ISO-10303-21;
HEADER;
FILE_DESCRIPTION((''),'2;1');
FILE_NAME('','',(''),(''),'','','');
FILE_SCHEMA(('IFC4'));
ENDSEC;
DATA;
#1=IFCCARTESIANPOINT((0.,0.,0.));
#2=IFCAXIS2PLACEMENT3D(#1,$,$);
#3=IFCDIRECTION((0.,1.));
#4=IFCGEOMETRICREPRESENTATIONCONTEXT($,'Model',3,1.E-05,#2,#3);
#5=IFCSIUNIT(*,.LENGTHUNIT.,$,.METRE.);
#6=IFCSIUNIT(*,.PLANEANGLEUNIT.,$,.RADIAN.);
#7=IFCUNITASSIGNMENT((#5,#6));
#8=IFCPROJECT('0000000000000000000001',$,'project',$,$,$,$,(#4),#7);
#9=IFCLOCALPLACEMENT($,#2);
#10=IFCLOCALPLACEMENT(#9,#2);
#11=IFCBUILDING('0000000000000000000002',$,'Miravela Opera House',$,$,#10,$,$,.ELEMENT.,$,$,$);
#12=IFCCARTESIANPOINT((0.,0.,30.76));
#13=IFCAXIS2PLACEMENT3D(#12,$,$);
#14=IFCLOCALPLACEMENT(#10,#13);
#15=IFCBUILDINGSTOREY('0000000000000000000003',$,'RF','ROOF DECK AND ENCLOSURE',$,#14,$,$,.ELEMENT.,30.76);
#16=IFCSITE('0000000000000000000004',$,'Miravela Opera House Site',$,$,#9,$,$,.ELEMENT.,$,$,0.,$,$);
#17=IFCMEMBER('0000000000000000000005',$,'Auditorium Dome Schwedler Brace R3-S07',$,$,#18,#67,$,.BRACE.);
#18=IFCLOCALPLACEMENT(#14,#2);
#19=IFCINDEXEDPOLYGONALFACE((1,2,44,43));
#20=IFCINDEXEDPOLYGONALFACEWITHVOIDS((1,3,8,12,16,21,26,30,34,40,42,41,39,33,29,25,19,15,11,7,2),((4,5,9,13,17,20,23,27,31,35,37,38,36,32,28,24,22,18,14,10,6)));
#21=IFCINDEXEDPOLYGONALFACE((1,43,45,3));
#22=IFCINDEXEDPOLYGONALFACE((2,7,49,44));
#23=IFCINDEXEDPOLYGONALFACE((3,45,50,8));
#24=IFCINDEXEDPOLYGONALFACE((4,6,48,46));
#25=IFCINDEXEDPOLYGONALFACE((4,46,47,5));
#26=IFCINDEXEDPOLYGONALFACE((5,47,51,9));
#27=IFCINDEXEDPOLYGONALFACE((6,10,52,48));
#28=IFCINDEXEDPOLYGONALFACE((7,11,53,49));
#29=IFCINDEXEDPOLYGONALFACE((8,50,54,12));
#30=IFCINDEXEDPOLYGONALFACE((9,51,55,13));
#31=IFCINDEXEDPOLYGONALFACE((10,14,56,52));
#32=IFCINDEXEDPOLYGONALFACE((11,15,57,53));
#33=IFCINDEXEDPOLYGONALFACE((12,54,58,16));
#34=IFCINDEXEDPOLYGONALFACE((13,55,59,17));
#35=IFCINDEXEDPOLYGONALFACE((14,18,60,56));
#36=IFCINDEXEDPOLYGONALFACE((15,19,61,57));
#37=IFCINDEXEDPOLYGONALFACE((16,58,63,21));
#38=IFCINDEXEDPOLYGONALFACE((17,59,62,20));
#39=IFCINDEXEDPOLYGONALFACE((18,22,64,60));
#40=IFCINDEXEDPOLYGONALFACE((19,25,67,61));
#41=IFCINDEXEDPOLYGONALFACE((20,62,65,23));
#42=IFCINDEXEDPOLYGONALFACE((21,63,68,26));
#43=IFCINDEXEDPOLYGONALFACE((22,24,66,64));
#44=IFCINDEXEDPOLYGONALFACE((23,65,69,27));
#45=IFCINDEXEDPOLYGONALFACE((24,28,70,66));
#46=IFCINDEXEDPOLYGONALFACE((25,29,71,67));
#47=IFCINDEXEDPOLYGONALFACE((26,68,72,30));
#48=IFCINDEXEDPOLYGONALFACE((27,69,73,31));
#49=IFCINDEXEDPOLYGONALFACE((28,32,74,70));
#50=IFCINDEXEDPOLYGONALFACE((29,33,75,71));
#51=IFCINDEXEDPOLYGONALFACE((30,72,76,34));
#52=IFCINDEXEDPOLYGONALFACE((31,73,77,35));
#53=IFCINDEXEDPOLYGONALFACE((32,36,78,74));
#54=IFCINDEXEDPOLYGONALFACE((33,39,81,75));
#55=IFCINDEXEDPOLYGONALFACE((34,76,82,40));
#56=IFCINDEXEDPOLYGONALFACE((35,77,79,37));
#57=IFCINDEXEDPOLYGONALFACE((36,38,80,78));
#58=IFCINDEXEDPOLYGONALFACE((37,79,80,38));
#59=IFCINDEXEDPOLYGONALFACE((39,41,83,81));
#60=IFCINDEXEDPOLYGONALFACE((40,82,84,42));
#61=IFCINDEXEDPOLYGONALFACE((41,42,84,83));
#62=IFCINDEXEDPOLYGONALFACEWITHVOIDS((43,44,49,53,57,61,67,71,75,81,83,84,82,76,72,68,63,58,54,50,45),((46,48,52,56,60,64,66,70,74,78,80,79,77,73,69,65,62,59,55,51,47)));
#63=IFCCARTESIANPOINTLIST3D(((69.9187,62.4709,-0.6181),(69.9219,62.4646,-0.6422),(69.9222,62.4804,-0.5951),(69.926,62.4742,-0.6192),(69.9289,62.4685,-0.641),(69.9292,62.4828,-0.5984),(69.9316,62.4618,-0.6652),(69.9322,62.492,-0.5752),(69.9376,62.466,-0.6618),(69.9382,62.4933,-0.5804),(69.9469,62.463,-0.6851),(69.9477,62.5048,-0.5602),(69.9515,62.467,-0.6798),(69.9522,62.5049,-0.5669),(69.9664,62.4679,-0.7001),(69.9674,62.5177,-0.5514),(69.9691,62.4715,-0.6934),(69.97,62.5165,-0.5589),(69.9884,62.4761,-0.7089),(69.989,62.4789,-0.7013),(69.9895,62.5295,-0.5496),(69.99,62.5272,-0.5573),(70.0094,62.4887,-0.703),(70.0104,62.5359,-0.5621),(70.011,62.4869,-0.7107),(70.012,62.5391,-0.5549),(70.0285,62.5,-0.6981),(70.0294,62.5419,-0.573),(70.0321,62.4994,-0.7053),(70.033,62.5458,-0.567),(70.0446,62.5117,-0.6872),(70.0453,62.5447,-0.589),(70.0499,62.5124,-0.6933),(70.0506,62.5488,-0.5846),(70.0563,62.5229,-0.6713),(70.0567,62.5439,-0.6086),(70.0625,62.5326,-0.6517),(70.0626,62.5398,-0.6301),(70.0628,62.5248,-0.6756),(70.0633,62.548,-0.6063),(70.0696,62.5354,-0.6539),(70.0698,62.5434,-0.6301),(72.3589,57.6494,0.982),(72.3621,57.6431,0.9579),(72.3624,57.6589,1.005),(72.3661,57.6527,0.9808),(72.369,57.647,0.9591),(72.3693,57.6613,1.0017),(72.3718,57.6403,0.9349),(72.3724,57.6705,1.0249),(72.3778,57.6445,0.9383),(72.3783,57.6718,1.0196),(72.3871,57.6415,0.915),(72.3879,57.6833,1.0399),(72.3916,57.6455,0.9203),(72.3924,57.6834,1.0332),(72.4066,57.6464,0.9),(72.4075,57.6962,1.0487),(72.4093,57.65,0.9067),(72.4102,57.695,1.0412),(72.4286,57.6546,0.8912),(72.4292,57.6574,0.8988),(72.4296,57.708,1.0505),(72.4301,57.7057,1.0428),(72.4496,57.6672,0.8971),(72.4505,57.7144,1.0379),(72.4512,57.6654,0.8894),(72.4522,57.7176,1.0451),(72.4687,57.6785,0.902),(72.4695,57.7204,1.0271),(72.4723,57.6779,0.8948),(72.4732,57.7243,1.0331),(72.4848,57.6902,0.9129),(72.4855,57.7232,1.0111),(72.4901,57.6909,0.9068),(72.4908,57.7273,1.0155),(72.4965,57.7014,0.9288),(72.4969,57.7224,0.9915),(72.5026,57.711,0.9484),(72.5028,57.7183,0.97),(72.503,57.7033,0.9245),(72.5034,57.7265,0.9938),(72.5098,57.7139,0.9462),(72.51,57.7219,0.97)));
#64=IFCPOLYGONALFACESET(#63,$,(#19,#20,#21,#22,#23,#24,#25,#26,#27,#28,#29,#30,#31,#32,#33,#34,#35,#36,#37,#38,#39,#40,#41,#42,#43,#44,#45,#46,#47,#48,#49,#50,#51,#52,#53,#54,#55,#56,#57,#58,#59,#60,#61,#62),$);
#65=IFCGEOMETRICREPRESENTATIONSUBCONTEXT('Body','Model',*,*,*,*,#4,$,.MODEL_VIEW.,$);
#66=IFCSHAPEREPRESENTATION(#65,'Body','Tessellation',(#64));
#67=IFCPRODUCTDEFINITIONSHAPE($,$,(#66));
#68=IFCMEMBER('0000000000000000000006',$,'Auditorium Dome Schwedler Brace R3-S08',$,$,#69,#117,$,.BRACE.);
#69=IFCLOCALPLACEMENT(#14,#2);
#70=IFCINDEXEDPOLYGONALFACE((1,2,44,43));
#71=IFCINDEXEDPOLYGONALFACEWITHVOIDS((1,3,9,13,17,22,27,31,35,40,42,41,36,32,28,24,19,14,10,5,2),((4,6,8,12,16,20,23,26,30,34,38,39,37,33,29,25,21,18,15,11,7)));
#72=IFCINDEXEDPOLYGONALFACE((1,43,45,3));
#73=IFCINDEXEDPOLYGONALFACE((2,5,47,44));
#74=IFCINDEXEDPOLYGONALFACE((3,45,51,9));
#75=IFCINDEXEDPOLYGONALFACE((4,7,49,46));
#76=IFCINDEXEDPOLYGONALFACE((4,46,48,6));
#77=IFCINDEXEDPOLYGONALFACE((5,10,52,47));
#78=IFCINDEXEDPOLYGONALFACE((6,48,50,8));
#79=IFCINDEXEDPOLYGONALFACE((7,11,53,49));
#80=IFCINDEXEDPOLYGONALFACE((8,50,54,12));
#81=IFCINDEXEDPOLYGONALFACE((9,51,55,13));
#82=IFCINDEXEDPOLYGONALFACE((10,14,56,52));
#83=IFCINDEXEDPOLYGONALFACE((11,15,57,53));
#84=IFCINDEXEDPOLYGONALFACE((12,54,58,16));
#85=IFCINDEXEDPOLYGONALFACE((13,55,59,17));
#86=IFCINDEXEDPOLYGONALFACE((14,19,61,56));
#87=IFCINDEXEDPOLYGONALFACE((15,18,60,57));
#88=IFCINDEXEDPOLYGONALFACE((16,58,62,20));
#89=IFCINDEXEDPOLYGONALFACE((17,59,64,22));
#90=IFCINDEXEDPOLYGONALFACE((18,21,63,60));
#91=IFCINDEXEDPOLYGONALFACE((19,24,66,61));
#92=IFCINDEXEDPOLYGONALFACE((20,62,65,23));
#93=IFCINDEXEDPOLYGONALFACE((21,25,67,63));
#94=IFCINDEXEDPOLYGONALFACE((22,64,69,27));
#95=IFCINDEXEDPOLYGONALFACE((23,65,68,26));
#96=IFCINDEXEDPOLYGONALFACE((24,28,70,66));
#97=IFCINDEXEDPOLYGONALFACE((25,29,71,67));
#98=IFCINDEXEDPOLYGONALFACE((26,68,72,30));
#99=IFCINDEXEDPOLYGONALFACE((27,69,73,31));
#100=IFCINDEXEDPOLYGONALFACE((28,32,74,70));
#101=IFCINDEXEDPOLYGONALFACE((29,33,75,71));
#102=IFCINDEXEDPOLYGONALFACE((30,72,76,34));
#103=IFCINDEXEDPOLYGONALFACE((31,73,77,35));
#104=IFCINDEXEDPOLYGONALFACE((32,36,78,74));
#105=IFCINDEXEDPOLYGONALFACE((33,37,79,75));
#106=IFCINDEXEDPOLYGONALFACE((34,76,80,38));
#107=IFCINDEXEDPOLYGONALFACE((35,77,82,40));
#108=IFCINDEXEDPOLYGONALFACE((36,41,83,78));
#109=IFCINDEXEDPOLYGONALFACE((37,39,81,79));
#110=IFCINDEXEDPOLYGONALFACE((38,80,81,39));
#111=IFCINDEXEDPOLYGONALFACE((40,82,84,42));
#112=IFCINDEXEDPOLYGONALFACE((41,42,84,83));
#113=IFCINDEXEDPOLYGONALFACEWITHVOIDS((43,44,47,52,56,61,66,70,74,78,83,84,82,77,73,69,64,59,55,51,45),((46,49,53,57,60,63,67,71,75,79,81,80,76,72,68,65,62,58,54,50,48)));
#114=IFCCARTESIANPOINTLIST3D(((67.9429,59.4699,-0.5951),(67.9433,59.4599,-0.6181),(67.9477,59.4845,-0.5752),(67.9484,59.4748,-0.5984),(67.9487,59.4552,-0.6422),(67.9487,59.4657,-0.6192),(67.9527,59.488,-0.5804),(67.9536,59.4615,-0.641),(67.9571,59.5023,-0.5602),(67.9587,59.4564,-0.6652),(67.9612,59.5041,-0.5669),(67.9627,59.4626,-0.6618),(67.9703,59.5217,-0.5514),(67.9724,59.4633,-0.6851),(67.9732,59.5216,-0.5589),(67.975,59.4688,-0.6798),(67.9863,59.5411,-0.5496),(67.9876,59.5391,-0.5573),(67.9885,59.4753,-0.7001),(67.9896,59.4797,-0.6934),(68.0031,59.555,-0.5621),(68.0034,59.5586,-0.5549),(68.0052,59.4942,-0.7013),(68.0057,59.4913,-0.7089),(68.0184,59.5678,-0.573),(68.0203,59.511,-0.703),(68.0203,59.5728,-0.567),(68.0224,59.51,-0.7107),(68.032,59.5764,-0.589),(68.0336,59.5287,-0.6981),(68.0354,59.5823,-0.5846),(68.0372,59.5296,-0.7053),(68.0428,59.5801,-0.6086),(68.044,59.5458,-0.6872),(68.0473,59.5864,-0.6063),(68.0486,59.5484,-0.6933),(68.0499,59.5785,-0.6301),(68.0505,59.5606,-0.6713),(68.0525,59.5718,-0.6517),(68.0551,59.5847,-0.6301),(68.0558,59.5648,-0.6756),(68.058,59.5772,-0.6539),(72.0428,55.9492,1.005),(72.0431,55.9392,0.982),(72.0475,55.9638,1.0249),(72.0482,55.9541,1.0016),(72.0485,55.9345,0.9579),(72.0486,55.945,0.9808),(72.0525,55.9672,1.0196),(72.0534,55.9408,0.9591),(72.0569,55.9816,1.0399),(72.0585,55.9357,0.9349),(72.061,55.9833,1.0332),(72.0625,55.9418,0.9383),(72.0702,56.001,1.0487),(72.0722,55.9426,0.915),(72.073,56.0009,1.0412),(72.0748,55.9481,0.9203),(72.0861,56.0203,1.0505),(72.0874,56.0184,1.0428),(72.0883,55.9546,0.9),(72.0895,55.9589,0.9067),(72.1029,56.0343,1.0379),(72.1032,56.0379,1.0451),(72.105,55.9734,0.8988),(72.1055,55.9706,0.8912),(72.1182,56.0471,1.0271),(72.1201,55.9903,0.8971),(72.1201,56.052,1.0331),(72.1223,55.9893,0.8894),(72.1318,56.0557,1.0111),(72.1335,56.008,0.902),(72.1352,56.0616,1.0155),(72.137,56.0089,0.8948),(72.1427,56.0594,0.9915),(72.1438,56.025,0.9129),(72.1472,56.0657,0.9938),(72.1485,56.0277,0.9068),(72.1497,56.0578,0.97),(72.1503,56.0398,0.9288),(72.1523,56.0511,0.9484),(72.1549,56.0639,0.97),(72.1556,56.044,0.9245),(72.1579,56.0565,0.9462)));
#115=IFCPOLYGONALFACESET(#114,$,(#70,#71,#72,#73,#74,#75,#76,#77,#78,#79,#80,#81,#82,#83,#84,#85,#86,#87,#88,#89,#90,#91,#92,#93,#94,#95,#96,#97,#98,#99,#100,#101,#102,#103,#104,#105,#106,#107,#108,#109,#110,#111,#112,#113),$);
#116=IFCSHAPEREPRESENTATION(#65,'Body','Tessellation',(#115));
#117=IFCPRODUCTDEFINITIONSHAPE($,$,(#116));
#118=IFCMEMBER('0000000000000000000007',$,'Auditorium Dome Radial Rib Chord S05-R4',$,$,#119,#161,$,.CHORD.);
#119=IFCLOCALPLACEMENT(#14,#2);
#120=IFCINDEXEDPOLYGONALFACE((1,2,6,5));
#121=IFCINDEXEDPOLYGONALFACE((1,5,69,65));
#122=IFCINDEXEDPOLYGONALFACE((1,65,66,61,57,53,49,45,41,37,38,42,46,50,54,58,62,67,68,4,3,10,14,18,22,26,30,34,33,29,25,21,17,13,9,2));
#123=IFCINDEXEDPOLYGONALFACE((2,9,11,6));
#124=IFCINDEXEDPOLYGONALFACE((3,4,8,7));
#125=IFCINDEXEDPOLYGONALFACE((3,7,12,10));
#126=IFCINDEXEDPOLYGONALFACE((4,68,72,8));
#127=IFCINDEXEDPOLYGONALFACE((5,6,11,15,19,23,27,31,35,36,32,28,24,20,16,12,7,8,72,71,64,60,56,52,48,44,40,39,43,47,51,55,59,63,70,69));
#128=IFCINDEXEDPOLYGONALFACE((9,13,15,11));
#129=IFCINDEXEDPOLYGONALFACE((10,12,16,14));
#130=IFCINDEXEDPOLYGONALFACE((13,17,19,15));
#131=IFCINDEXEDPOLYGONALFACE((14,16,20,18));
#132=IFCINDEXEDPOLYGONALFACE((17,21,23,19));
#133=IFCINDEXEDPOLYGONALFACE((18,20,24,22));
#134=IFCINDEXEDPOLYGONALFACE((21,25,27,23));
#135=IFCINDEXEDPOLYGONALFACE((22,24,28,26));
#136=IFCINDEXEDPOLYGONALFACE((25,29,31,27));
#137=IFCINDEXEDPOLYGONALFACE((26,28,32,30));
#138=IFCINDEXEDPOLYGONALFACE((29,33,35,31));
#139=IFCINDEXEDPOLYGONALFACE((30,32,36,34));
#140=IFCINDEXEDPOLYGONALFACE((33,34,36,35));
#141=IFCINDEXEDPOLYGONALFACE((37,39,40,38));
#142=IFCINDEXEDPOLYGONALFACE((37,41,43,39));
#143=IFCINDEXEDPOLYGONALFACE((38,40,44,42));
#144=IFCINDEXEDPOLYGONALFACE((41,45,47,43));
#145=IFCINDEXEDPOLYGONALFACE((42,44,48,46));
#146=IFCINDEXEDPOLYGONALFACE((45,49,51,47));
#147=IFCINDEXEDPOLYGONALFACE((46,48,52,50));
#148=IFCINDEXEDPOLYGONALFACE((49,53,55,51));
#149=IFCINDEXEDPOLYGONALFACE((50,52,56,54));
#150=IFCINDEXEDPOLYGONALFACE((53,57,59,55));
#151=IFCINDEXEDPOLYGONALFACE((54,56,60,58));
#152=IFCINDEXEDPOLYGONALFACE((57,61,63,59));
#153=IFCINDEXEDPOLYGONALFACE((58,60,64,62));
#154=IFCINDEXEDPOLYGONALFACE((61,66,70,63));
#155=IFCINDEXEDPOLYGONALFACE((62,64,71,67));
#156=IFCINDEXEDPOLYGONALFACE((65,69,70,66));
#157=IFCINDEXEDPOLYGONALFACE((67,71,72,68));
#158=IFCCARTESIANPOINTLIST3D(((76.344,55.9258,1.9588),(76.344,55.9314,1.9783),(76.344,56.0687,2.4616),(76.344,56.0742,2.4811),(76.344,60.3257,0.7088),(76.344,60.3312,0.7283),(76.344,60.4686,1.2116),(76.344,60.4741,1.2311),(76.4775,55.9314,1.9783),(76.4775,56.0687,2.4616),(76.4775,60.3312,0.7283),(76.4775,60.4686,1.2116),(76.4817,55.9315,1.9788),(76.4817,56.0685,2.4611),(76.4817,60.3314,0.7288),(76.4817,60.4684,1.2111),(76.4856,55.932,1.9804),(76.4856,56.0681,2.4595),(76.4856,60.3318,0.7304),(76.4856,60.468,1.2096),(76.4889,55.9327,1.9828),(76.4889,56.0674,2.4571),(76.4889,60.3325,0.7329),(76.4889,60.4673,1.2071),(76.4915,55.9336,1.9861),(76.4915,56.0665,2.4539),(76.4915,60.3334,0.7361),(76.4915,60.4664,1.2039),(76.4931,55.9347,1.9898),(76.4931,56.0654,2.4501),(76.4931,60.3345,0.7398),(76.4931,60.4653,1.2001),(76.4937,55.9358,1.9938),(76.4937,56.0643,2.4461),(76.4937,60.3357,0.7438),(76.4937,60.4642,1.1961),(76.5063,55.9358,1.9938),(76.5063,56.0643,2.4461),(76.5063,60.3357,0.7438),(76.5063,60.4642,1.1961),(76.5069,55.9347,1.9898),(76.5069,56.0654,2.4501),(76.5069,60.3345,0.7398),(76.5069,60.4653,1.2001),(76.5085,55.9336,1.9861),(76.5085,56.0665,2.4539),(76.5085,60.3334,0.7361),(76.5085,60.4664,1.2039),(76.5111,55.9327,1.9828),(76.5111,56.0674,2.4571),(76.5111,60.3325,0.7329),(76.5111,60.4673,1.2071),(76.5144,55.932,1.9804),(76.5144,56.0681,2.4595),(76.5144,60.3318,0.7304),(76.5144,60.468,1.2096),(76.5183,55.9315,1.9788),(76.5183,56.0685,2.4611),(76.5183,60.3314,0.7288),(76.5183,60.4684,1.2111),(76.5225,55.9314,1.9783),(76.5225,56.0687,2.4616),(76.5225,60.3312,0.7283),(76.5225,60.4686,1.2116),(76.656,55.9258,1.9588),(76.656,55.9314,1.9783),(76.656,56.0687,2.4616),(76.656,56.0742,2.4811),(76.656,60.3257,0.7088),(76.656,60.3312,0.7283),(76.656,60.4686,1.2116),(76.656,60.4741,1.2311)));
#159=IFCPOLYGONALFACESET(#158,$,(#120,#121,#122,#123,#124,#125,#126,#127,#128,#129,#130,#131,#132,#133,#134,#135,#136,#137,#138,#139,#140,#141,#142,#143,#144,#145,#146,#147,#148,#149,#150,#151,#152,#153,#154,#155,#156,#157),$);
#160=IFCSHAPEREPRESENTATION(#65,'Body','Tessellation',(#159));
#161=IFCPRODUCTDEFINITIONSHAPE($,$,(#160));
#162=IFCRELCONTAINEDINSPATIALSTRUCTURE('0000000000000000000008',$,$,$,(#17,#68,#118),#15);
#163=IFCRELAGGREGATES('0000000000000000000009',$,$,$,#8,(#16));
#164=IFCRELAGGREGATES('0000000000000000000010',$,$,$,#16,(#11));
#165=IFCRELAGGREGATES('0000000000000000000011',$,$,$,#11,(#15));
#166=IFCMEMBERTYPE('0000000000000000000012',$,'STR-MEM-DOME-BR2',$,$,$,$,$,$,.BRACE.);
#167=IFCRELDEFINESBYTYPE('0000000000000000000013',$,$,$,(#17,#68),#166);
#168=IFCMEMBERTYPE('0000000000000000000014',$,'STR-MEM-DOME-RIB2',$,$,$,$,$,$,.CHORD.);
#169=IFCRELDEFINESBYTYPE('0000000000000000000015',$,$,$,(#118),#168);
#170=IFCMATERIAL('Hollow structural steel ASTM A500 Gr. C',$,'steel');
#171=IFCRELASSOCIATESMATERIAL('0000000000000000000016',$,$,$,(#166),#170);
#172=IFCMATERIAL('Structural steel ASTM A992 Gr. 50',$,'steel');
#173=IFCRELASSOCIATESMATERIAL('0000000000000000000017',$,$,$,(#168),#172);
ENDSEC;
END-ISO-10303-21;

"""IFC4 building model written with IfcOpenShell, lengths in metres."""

from ifc_helpers import new_model, si_unit, direction, frame, origin, origin_2d, place, context, subcontext, project, spatial, hollow_circle, i_section, extrude, material, material_profile, profile_set, type_object, element, save


model = new_model("IFC4")

# Units and contexts
model_context = context("Model", 3, precision=1e-05, world=origin(), true_north=direction((0.0, 1.0)))
body_context = subcontext(model_context, "Body", "Model", "MODEL_VIEW")
ifc_project = project(units=[si_unit("LENGTHUNIT", "METRE"), si_unit("PLANEANGLEUNIT", "RADIAN")], contexts=[model_context])

# Site, building, storey
site_placement = place(None, origin())
site = spatial("IfcSite", under=ifc_project, at=site_placement, Name="Miravela Opera House Site", CompositionType="ELEMENT", RefElevation=0.0)
building_placement = place(site_placement, origin())
building = spatial("IfcBuilding", under=site, at=building_placement, Name="Miravela Opera House", CompositionType="ELEMENT")
storey_placement = place(building_placement, frame((0.0, 0.0, 30.76)))
storey = spatial("IfcBuildingStorey", under=building, at=storey_placement, Name="RF", Description="ROOF DECK AND ENCLOSURE", CompositionType="ELEMENT", Elevation=30.76)

# Shared definitions
ifc_material_1 = material(Name="Structural steel ASTM A992 Gr. 50", Category="steel")

# Members
ifc_material_2 = material(Name="Hollow structural steel ASTM A500 Gr. C", Category="steel")
ifc_material_profile_1 = material_profile(ifc_material_2, hollow_circle(Radius=0.0842, WallThickness=0.0081, at=origin_2d()), Name="CHS168X8")
ifc_profile_set_1 = profile_set([ifc_material_profile_1])
member_type_1 = type_object("IfcMemberType", Name="STR-MEM-DOME-BR2", PredefinedType="BRACE", material=ifc_profile_set_1)
member_1_placement = place(storey_placement, frame((69.9946, 62.5054, -0.6301), z_axis=(0.432981, -0.855522, 0.283918), x_axis=(0.892239, 0.451564, 0.0)))
element("IfcMember", 1, at=member_1_placement, inside=storey, type_object=member_type_1, Name="Auditorium Dome Schwedler Brace R3-S07", PredefinedType="BRACE", context=body_context, shape_type="SweptSolid", body=[
    extrude(hollow_circle(Radius=0.0842, WallThickness=0.0081, at=origin_2d()), origin(), (0.0, 0.0, 1.0), 5.6357),
])
member_2_placement = place(storey_placement, frame((68.0002, 59.5208, -0.6301), z_axis=(0.727437, -0.624687, 0.283905), x_axis=(0.651494, 0.758654, 0.0)))
element("IfcMember", 2, at=member_2_placement, inside=storey, type_object=member_type_1, Name="Auditorium Dome Schwedler Brace R3-S08", PredefinedType="BRACE", context=body_context, shape_type="SweptSolid", body=[
    extrude(hollow_circle(Radius=0.0842, WallThickness=0.0081, at=origin_2d()), origin(), (0.0, 0.0, 1.0), 5.636),
])
ifc_material_profile_2 = material_profile(ifc_material_1, i_section(OverallWidth=0.312, OverallDepth=0.543, WebThickness=0.0127, FlangeThickness=0.0203, FilletRadius=0.0161, at=origin_2d()), Name="W530X150")
ifc_profile_set_2 = profile_set([ifc_material_profile_2])
member_type_2 = type_object("IfcMemberType", Name="STR-MEM-DOME-RIB2", PredefinedType="CHORD", material=ifc_profile_set_2)
member_3_placement = place(storey_placement, frame((76.5, 60.3999, 0.97), z_axis=(0.0, -0.961934, 0.273283), x_axis=(1.0, 0.0, 0.0)))
element("IfcMember", 3, at=member_3_placement, inside=storey, type_object=member_type_2, Name="Auditorium Dome Radial Rib Chord S05-R4", PredefinedType="CHORD", context=body_context, shape_type="SweptSolid", body=[
    extrude(i_section(OverallWidth=0.312, OverallDepth=0.543, WebThickness=0.0127, FlangeThickness=0.0203, FilletRadius=0.0161, at=origin_2d()), origin(), (0.0, 0.0, 1.0), 4.574),
])

save(model, "model.ifc")
